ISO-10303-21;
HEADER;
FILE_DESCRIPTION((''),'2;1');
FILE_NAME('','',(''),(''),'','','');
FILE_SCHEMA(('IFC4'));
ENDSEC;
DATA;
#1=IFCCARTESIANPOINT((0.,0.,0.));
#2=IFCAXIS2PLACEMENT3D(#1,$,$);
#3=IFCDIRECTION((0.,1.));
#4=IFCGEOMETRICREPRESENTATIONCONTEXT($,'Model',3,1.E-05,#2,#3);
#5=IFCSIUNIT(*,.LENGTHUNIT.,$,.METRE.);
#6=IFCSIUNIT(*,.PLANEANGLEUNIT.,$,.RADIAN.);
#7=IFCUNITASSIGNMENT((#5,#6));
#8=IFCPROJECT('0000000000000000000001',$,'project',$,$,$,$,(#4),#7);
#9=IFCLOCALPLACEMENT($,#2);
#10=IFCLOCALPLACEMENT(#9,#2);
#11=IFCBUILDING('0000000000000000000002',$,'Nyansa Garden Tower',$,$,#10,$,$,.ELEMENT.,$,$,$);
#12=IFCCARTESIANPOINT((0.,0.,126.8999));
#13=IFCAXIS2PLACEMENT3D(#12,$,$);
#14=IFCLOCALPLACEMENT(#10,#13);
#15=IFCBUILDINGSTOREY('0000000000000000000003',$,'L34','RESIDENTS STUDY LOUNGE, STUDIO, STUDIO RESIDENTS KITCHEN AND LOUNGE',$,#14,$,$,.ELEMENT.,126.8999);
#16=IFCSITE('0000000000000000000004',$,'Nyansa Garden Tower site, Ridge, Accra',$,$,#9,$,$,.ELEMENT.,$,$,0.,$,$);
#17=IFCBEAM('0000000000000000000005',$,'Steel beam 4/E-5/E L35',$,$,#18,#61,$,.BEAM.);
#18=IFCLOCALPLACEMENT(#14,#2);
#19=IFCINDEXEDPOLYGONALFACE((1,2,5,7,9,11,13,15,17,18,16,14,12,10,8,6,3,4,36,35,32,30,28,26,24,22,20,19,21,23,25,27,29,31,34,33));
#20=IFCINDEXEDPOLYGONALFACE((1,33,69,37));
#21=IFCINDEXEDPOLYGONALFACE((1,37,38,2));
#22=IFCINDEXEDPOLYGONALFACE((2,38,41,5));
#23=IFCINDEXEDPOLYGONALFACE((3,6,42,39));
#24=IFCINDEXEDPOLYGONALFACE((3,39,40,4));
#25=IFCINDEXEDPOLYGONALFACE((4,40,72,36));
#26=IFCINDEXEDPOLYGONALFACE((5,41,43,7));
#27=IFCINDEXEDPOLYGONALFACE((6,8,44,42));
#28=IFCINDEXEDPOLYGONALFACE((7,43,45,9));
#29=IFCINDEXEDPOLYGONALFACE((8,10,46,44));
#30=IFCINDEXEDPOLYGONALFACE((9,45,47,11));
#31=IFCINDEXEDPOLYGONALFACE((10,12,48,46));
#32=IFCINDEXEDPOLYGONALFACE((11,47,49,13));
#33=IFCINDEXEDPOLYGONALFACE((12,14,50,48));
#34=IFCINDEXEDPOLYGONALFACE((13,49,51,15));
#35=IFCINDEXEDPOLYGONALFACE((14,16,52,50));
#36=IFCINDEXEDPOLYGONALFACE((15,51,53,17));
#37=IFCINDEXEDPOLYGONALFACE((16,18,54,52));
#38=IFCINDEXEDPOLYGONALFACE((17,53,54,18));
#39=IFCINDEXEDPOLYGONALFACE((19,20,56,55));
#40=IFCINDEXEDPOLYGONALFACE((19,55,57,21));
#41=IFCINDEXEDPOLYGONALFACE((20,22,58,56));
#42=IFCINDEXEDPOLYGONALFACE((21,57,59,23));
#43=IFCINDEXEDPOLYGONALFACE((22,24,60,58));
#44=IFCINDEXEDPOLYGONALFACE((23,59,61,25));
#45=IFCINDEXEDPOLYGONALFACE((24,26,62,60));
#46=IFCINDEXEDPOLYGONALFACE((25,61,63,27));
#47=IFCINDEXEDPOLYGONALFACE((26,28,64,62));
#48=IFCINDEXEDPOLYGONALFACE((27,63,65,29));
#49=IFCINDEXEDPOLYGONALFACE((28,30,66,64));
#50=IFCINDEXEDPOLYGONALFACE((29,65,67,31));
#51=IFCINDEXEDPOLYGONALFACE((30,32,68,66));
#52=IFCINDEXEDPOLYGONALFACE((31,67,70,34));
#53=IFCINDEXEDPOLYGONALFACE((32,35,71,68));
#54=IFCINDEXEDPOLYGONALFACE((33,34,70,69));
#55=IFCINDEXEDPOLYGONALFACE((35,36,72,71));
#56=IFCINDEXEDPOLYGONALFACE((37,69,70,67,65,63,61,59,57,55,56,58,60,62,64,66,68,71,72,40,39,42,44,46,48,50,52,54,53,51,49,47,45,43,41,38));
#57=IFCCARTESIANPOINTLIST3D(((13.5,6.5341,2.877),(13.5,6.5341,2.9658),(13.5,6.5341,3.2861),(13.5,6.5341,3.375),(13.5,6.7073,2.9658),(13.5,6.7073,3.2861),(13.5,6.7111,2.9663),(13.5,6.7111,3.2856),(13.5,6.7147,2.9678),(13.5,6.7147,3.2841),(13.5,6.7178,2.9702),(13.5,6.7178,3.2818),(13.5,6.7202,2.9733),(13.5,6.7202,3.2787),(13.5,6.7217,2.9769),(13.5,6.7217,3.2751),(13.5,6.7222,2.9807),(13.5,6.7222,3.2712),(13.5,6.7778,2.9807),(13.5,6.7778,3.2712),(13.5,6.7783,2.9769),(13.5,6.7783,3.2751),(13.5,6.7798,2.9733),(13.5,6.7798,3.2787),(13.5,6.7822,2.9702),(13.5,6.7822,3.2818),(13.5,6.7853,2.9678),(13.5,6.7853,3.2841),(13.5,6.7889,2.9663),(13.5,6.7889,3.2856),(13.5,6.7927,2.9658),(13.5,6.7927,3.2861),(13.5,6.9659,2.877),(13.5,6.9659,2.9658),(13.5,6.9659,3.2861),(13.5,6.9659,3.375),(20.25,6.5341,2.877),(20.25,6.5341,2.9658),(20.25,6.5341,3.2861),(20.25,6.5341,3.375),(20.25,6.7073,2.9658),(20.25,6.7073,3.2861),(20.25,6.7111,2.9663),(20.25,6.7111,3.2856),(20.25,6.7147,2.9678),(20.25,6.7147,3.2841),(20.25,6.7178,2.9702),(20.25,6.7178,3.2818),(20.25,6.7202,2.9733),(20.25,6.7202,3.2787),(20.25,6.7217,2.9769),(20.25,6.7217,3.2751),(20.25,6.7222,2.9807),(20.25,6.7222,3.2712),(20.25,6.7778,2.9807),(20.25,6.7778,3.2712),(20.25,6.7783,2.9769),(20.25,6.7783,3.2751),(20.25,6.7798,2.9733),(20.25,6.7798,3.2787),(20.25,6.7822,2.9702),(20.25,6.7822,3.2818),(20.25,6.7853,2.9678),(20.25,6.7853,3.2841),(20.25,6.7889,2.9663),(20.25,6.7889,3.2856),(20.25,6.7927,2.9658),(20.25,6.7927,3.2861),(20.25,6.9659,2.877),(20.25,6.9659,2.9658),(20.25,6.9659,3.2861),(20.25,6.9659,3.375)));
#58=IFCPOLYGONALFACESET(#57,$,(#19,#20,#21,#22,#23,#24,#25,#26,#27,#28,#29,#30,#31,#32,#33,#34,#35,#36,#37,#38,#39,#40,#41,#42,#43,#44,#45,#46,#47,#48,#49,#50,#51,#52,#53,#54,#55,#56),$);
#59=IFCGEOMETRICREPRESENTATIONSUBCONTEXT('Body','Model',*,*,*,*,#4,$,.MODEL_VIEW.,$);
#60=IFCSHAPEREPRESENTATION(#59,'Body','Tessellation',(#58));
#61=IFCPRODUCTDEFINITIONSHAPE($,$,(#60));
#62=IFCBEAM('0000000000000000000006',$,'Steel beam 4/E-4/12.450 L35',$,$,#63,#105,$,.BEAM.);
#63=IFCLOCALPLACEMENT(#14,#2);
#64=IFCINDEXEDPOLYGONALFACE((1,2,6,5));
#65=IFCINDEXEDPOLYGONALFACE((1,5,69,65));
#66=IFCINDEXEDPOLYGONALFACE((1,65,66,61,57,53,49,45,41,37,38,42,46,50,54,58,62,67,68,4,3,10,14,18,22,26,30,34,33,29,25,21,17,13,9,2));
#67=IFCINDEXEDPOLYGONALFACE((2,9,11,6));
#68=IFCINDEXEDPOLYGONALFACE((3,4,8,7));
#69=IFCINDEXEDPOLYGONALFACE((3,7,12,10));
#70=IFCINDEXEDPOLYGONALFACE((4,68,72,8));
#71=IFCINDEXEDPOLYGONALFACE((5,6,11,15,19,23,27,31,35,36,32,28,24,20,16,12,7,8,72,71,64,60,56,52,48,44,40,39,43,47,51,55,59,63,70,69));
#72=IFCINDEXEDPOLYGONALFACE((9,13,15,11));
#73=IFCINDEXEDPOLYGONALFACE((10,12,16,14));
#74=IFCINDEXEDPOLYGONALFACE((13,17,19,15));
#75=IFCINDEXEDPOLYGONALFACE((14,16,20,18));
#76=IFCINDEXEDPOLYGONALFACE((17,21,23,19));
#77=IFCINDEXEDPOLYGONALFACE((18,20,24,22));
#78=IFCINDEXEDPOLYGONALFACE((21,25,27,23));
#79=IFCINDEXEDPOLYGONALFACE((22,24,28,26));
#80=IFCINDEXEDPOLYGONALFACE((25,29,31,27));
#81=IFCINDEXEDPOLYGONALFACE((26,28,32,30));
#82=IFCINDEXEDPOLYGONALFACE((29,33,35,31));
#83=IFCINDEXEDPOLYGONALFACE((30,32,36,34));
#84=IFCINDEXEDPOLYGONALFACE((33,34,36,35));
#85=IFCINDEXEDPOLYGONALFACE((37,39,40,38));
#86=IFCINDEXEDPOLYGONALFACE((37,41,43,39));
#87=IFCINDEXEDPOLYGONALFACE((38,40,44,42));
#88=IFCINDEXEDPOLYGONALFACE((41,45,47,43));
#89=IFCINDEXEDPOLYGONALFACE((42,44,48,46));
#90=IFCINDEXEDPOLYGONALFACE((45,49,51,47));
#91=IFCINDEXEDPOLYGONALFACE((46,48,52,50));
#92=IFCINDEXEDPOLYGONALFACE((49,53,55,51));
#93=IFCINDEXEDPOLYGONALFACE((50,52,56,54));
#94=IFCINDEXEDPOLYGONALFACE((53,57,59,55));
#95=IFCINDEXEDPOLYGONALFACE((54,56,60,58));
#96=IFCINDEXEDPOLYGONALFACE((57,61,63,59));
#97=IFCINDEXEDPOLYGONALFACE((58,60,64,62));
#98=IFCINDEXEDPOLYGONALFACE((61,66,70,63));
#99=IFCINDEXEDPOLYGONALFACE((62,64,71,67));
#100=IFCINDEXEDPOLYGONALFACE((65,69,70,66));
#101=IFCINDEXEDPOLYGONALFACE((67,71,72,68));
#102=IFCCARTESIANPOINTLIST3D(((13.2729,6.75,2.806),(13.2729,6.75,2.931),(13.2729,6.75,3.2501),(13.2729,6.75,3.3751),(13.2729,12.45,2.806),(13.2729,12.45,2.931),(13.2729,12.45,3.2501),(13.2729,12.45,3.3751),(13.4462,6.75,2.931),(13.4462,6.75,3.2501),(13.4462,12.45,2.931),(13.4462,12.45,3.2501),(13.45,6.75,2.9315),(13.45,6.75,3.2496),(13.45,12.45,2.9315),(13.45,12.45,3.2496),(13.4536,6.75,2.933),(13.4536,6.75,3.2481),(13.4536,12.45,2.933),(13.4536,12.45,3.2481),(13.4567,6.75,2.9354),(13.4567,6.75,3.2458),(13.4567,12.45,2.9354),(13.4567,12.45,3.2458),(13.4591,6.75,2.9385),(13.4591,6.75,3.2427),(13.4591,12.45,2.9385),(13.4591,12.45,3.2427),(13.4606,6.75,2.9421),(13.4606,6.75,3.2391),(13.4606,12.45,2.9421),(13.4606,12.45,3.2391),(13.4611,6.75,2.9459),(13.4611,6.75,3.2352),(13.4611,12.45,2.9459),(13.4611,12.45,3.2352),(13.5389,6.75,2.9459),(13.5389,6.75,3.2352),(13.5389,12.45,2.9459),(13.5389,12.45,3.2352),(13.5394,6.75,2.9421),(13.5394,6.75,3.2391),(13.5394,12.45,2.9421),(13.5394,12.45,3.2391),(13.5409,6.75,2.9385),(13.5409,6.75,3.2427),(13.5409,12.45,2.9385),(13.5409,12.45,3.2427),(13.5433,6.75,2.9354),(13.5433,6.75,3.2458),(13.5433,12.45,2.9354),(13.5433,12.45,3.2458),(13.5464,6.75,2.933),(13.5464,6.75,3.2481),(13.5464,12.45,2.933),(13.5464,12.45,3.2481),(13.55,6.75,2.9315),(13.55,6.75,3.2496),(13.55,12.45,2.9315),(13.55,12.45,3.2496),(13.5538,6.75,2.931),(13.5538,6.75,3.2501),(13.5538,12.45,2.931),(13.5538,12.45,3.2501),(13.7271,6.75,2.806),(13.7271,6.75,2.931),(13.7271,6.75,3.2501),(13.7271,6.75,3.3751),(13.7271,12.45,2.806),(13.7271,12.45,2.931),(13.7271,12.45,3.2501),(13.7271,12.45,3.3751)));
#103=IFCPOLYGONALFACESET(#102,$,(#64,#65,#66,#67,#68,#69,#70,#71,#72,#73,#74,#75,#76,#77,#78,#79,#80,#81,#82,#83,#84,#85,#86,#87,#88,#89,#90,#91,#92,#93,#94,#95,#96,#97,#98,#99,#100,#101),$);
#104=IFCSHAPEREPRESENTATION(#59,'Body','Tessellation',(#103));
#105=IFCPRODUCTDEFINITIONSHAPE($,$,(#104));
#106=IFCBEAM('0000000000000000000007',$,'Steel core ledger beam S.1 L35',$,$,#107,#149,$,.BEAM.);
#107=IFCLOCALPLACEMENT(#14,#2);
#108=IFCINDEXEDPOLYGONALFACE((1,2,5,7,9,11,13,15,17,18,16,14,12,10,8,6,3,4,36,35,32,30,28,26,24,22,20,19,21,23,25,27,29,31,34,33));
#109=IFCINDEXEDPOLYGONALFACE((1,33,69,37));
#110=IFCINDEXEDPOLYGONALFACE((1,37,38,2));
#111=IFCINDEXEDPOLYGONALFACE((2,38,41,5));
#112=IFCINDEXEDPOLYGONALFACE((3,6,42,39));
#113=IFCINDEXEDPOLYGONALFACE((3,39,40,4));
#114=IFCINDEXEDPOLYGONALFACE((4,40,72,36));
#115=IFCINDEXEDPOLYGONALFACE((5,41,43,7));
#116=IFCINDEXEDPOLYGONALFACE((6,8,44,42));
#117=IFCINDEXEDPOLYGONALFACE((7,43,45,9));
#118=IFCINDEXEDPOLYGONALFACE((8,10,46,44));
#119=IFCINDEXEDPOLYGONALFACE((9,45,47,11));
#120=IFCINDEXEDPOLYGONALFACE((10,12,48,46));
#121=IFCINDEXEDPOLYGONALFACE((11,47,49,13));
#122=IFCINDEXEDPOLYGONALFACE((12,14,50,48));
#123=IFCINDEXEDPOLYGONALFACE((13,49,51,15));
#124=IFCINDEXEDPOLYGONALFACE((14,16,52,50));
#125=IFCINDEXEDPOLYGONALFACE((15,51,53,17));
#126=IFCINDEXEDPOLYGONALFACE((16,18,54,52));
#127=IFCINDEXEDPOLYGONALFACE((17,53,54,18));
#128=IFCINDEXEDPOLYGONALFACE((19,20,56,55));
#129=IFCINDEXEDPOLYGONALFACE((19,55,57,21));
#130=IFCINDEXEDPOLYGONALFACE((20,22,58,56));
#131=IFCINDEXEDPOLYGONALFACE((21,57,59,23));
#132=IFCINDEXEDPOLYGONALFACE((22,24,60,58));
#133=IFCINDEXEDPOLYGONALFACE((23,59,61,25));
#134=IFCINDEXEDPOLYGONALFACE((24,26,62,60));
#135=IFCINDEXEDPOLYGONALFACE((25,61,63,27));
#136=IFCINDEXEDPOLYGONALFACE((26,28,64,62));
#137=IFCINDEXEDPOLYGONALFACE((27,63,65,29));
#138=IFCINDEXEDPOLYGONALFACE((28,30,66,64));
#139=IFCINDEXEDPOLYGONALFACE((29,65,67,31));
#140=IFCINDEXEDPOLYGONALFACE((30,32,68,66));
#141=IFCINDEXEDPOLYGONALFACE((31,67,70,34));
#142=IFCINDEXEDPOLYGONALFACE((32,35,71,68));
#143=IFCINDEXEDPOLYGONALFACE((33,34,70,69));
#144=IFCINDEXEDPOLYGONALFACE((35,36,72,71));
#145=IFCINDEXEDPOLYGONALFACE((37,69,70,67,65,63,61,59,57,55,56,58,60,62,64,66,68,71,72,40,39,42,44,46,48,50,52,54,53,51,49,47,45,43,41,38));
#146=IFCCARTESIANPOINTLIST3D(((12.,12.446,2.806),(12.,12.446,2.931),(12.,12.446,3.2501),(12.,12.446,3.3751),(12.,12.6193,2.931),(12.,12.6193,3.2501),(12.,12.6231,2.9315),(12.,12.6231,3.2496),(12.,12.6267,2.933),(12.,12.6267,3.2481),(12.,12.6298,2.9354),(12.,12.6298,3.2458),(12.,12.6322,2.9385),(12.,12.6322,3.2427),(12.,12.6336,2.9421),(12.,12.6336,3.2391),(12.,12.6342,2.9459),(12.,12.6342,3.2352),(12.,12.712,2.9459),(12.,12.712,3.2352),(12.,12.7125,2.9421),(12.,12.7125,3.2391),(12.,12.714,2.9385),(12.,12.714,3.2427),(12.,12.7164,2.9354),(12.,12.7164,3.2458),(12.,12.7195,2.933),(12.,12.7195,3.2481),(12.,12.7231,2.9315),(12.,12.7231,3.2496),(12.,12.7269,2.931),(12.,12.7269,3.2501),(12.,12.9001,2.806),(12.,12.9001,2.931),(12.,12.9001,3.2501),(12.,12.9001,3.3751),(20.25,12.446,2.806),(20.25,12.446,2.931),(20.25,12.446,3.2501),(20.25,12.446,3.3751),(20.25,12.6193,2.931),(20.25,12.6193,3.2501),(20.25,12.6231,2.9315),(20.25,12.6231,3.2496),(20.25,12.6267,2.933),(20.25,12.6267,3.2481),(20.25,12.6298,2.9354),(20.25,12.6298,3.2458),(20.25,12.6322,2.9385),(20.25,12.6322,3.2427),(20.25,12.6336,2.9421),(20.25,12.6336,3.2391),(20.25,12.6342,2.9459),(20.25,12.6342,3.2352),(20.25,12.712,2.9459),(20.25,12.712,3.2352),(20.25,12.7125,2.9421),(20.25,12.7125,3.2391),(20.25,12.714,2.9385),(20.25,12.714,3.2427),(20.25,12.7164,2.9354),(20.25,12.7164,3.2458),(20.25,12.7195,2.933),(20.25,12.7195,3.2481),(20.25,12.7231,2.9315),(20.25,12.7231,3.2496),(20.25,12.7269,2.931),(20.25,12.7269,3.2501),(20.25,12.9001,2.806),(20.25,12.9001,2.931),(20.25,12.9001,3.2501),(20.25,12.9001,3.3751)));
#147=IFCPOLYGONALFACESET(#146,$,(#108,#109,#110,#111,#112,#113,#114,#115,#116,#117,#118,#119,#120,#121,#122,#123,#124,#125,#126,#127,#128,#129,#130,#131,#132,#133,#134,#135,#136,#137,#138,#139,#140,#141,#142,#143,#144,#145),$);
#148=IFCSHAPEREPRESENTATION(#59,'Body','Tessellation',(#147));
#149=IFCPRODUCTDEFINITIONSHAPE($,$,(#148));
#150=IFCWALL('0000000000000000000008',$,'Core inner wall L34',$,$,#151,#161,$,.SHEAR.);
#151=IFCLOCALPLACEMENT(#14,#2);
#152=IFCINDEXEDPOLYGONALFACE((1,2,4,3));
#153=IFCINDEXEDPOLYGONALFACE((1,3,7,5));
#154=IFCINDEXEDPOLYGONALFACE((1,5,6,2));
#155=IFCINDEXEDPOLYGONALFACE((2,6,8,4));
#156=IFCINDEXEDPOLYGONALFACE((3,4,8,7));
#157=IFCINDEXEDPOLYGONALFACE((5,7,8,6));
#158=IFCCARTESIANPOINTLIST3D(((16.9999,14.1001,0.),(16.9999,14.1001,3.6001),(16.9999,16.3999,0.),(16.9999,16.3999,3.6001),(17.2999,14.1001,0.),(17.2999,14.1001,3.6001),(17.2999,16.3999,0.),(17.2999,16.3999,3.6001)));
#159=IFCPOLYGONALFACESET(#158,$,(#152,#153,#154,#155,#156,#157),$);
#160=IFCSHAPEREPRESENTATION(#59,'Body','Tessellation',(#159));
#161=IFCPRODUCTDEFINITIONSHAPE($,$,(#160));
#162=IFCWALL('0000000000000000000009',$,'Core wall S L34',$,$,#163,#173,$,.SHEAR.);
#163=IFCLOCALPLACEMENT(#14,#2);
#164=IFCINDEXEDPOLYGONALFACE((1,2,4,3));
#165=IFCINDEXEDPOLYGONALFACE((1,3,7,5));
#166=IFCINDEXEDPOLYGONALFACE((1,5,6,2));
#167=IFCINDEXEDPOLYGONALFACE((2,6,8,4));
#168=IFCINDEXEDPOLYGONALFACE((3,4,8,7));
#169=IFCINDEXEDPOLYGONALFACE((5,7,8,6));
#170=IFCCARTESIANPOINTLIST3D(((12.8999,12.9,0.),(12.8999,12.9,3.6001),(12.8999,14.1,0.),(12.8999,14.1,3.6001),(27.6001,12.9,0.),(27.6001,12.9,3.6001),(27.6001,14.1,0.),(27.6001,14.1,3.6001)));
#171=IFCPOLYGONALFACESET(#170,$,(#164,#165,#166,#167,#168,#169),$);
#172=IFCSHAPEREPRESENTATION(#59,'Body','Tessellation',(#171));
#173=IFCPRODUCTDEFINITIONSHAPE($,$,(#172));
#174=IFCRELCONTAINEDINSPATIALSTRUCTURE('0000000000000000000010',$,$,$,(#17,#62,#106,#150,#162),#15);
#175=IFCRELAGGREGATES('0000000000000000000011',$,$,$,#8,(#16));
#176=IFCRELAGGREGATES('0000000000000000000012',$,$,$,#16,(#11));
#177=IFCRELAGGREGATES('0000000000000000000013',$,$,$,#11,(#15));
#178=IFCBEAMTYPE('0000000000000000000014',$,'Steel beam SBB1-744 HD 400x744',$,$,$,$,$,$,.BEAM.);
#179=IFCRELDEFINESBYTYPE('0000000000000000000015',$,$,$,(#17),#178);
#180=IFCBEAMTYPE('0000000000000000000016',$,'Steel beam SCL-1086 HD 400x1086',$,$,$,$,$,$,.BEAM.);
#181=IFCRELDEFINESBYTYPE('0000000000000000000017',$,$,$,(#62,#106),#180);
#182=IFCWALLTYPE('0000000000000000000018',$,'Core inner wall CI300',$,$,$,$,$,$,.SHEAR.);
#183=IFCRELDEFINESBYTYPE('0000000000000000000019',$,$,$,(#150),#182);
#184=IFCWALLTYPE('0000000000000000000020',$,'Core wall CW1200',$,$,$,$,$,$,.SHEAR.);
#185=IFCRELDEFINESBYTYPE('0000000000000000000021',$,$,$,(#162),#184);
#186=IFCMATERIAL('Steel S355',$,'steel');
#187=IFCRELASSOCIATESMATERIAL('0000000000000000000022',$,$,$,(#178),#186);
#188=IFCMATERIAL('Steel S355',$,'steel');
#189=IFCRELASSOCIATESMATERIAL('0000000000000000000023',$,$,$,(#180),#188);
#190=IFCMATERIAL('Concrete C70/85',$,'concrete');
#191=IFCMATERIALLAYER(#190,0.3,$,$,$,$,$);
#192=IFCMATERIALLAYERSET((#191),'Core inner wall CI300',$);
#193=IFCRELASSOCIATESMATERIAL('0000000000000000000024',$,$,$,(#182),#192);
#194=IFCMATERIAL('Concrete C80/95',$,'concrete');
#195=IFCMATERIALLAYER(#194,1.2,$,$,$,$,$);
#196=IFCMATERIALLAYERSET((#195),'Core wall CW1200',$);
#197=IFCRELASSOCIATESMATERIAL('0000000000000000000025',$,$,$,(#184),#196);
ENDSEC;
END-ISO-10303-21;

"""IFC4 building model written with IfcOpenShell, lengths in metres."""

from ifc_helpers import new_model, si_unit, direction, frame, frame_2d, origin, origin_2d, place, context, subcontext, project, spatial, rectangle, i_section, extrude, material, layer, layer_set, material_profile, profile_set, type_object, element, save


model = new_model("IFC4")

# Units and contexts
model_context = context("Model", 3, precision=1e-05, world=origin(), true_north=direction((0.0, 1.0)))
body_context = subcontext(model_context, "Body", "Model", "MODEL_VIEW")
ifc_project = project(units=[si_unit("LENGTHUNIT", "METRE"), si_unit("PLANEANGLEUNIT", "RADIAN")], contexts=[model_context])

# Site, building, storey
site_placement = place(None, origin())
site = spatial("IfcSite", under=ifc_project, at=site_placement, Name="Nyansa Garden Tower site, Ridge, Accra", CompositionType="ELEMENT", RefElevation=0.0)
building_placement = place(site_placement, origin())
building = spatial("IfcBuilding", under=site, at=building_placement, Name="Nyansa Garden Tower", CompositionType="ELEMENT")
storey_placement = place(building_placement, frame((0.0, 0.0, 126.8999)))
storey = spatial("IfcBuildingStorey", under=building, at=storey_placement, Name="L34", Description="RESIDENTS STUDY LOUNGE, STUDIO, STUDIO RESIDENTS KITCHEN AND LOUNGE", CompositionType="ELEMENT", Elevation=126.8999)

# Beams
ifc_material_1 = material(Name="Steel S355", Category="steel")
ifc_material_profile_1 = material_profile(ifc_material_1, i_section(OverallWidth=0.4319, OverallDepth=0.498, WebThickness=0.0557, FlangeThickness=0.0889, FilletRadius=0.0149, at=origin_2d()), Name="HD 400x744")
ifc_profile_set_1 = profile_set([ifc_material_profile_1], Name="Steel S355")
beam_type_1 = type_object("IfcBeamType", Name="Steel beam SBB1-744 HD 400x744", PredefinedType="BEAM", material=ifc_profile_set_1)
beam_1_placement = place(storey_placement, frame((13.5, 6.75, 3.126), z_axis=(1.0, 0.0, 0.0), x_axis=(0.0, 1.0, 0.0)))
element("IfcBeam", 1, at=beam_1_placement, inside=storey, type_object=beam_type_1, Name="Steel beam 4/E-5/E L35", PredefinedType="BEAM", context=body_context, shape_type="SweptSolid", body=[
    extrude(i_section(OverallWidth=0.4319, OverallDepth=0.498, WebThickness=0.0557, FlangeThickness=0.0889, FilletRadius=0.0149, at=origin_2d()), origin(), (0.0, 0.0, 1.0), 6.75),
])
ifc_material_2 = material(Name="Steel S355", Category="steel")
ifc_material_profile_2 = material_profile(ifc_material_2, i_section(OverallWidth=0.4541, OverallDepth=0.5691, WebThickness=0.0779, FlangeThickness=0.125, FilletRadius=0.0149, at=origin_2d()), Name="HD 400x1086")
ifc_profile_set_2 = profile_set([ifc_material_profile_2], Name="Steel S355")
beam_type_2 = type_object("IfcBeamType", Name="Steel beam SCL-1086 HD 400x1086", PredefinedType="BEAM", material=ifc_profile_set_2)
beam_2_placement = place(storey_placement, frame((13.5, 6.75, 3.0906), z_axis=(0.0, 1.0, 0.0), x_axis=(-1.0, 0.0, 0.0)))
element("IfcBeam", 2, at=beam_2_placement, inside=storey, type_object=beam_type_2, Name="Steel beam 4/E-4/12.450 L35", PredefinedType="BEAM", context=body_context, shape_type="SweptSolid", body=[
    extrude(i_section(OverallWidth=0.4541, OverallDepth=0.5691, WebThickness=0.0779, FlangeThickness=0.125, FilletRadius=0.0149, at=origin_2d()), origin(), (0.0, 0.0, 1.0), 5.7),
])
beam_3_placement = place(storey_placement, frame((12.0, 12.6731, 3.0906), z_axis=(1.0, 0.0, 0.0), x_axis=(0.0, 1.0, 0.0)))
element("IfcBeam", 3, at=beam_3_placement, inside=storey, type_object=beam_type_2, Name="Steel core ledger beam S.1 L35", PredefinedType="BEAM", context=body_context, shape_type="SweptSolid", body=[
    extrude(i_section(OverallWidth=0.4541, OverallDepth=0.5691, WebThickness=0.0779, FlangeThickness=0.125, FilletRadius=0.0149, at=origin_2d()), origin(), (0.0, 0.0, 1.0), 8.25),
])

# Walls
ifc_material_3 = material(Name="Concrete C70/85", Category="concrete")
ifc_layer_1 = layer(ifc_material_3, 0.3)
ifc_layer_set_1 = layer_set([ifc_layer_1], Name="Core inner wall CI300")
wall_type_1 = type_object("IfcWallType", Name="Core inner wall CI300", PredefinedType="SHEAR", material=ifc_layer_set_1)
wall_1_placement = place(storey_placement, frame((17.1499, 14.1001, 0.0), z_axis=(0.0, 0.0, 1.0), x_axis=(0.0, 1.0, 0.0)))
element("IfcWall", 4, at=wall_1_placement, inside=storey, type_object=wall_type_1, Name="Core inner wall L34", PredefinedType="SHEAR", context=body_context, shape_type="SweptSolid", body=[
    extrude(rectangle(XDim=2.2998, YDim=0.3, at=frame_2d((1.1499, 0.0))), origin(), (0.0, 0.0, 1.0), 3.6001),
])
ifc_material_4 = material(Name="Concrete C80/95", Category="concrete")
ifc_layer_2 = layer(ifc_material_4, 1.2)
ifc_layer_set_2 = layer_set([ifc_layer_2], Name="Core wall CW1200")
wall_type_2 = type_object("IfcWallType", Name="Core wall CW1200", PredefinedType="SHEAR", material=ifc_layer_set_2)
wall_2_placement = place(storey_placement, frame((12.8999, 13.5, 0.0), z_axis=(0.0, 0.0, 1.0), x_axis=(1.0, 0.0, 0.0)))
element("IfcWall", 5, at=wall_2_placement, inside=storey, type_object=wall_type_2, Name="Core wall S L34", PredefinedType="SHEAR", context=body_context, shape_type="SweptSolid", body=[
    extrude(rectangle(XDim=14.7002, YDim=1.2, at=frame_2d((7.3501, 0.0))), origin(), (0.0, 0.0, 1.0), 3.6001),
])

save(model, "model.ifc")
